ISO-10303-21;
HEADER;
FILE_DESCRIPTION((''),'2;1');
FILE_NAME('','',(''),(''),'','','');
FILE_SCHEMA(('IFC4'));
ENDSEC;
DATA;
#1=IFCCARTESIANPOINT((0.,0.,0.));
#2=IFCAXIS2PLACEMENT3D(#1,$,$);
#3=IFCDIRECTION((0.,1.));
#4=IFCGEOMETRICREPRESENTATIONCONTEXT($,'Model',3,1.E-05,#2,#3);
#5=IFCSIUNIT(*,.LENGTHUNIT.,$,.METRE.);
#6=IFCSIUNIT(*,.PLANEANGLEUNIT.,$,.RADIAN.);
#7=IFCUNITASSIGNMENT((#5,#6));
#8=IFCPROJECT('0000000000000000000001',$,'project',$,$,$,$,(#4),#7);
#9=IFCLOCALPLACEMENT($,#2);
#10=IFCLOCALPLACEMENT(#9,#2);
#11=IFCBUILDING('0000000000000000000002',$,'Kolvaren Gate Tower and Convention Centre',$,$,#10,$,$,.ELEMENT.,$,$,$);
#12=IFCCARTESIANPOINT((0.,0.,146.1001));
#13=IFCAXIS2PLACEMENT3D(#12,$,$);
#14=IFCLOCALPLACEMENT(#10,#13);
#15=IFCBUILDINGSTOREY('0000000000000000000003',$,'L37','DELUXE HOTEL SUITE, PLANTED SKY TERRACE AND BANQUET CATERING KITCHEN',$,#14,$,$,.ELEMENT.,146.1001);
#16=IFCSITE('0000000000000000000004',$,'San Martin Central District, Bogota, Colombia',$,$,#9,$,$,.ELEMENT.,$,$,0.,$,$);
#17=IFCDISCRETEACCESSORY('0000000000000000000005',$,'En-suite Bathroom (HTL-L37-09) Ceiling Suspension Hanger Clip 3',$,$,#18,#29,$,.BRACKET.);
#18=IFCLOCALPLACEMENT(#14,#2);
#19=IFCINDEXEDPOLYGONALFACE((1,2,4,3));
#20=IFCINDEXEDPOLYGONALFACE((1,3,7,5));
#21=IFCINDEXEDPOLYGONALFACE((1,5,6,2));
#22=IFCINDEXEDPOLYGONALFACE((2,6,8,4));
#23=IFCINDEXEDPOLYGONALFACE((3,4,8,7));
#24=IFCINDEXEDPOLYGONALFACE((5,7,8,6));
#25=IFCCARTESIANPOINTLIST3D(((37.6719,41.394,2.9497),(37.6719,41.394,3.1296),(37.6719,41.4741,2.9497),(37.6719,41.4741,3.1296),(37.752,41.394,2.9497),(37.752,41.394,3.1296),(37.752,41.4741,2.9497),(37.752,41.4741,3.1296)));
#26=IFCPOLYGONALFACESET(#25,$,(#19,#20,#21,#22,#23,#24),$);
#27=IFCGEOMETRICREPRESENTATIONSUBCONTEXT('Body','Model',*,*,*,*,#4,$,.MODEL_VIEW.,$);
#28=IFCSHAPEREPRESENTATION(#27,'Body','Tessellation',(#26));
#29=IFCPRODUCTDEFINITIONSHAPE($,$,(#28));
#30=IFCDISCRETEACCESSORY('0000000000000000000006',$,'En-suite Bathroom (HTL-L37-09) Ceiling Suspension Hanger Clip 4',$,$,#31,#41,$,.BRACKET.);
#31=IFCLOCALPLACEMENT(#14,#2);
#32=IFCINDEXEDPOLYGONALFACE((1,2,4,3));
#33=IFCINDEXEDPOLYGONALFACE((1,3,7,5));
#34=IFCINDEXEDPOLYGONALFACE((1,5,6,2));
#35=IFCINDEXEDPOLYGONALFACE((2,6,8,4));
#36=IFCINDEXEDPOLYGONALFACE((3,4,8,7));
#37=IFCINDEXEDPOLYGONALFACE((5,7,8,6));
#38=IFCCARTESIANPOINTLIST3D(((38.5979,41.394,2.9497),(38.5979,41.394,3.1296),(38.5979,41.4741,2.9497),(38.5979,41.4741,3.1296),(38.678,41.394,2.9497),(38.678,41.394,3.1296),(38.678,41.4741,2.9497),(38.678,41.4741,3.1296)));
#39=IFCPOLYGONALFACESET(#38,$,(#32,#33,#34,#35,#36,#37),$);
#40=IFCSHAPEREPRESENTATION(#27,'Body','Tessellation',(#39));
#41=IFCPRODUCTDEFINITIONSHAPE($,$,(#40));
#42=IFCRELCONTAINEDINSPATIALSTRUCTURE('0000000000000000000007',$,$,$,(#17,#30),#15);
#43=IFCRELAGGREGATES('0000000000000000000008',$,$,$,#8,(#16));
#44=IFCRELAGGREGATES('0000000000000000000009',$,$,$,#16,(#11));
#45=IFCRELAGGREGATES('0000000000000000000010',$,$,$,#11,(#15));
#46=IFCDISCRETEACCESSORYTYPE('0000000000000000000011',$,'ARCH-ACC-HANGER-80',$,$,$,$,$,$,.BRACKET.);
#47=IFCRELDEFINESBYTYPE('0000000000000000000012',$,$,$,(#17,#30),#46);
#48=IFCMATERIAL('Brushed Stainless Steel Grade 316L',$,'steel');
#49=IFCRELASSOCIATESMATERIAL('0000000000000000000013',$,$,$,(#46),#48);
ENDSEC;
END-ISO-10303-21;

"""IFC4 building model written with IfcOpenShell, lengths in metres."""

from ifc_helpers import new_model, si_unit, direction, frame, origin, origin_2d, place, context, subcontext, project, spatial, rectangle, extrude, material, type_object, element, save


model = new_model("IFC4")

# Units and contexts
model_context = context("Model", 3, precision=1e-05, world=origin(), true_north=direction((0.0, 1.0)))
body_context = subcontext(model_context, "Body", "Model", "MODEL_VIEW")
ifc_project = project(units=[si_unit("LENGTHUNIT", "METRE"), si_unit("PLANEANGLEUNIT", "RADIAN")], contexts=[model_context])

# Site, building, storey
site_placement = place(None, origin())
site = spatial("IfcSite", under=ifc_project, at=site_placement, Name="San Martin Central District, Bogota, Colombia", CompositionType="ELEMENT", RefElevation=0.0)
building_placement = place(site_placement, origin())
building = spatial("IfcBuilding", under=site, at=building_placement, Name="Kolvaren Gate Tower and Convention Centre", CompositionType="ELEMENT")
storey_placement = place(building_placement, frame((0.0, 0.0, 146.1001)))
storey = spatial("IfcBuildingStorey", under=building, at=storey_placement, Name="L37", Description="DELUXE HOTEL SUITE, PLANTED SKY TERRACE AND BANQUET CATERING KITCHEN", CompositionType="ELEMENT", Elevation=146.1001)

# Discrete accessories
ifc_material_1 = material(Name="Brushed Stainless Steel Grade 316L", Category="steel")
discrete_accessory_type_1 = type_object("IfcDiscreteAccessoryType", Name="ARCH-ACC-HANGER-80", PredefinedType="BRACKET", material=ifc_material_1)
for number, where, z_axis, x_axis, name in (
    (1, (37.7119, 41.4341, 2.9497), (0.0, 0.0, 1.0), (1.0, 0.0, 0.0), "En-suite Bathroom (HTL-L37-09) Ceiling Suspension Hanger Clip 3"),
    (2, (38.6379, 41.4341, 2.9497), (0.0, 0.0, 1.0), (1.0, 0.0, 0.0), "En-suite Bathroom (HTL-L37-09) Ceiling Suspension Hanger Clip 4"),
):
    element("IfcDiscreteAccessory", number, at=place(storey_placement, frame(where, z_axis=z_axis, x_axis=x_axis)), inside=storey, type_object=discrete_accessory_type_1, Name=name, PredefinedType="BRACKET", context=body_context, shape_type="SweptSolid", body=[
        extrude(rectangle(XDim=0.0801, YDim=0.0801, at=origin_2d()), origin(), (0.0, 0.0, 1.0), 0.1799),
    ])

save(model, "model.ifc")
